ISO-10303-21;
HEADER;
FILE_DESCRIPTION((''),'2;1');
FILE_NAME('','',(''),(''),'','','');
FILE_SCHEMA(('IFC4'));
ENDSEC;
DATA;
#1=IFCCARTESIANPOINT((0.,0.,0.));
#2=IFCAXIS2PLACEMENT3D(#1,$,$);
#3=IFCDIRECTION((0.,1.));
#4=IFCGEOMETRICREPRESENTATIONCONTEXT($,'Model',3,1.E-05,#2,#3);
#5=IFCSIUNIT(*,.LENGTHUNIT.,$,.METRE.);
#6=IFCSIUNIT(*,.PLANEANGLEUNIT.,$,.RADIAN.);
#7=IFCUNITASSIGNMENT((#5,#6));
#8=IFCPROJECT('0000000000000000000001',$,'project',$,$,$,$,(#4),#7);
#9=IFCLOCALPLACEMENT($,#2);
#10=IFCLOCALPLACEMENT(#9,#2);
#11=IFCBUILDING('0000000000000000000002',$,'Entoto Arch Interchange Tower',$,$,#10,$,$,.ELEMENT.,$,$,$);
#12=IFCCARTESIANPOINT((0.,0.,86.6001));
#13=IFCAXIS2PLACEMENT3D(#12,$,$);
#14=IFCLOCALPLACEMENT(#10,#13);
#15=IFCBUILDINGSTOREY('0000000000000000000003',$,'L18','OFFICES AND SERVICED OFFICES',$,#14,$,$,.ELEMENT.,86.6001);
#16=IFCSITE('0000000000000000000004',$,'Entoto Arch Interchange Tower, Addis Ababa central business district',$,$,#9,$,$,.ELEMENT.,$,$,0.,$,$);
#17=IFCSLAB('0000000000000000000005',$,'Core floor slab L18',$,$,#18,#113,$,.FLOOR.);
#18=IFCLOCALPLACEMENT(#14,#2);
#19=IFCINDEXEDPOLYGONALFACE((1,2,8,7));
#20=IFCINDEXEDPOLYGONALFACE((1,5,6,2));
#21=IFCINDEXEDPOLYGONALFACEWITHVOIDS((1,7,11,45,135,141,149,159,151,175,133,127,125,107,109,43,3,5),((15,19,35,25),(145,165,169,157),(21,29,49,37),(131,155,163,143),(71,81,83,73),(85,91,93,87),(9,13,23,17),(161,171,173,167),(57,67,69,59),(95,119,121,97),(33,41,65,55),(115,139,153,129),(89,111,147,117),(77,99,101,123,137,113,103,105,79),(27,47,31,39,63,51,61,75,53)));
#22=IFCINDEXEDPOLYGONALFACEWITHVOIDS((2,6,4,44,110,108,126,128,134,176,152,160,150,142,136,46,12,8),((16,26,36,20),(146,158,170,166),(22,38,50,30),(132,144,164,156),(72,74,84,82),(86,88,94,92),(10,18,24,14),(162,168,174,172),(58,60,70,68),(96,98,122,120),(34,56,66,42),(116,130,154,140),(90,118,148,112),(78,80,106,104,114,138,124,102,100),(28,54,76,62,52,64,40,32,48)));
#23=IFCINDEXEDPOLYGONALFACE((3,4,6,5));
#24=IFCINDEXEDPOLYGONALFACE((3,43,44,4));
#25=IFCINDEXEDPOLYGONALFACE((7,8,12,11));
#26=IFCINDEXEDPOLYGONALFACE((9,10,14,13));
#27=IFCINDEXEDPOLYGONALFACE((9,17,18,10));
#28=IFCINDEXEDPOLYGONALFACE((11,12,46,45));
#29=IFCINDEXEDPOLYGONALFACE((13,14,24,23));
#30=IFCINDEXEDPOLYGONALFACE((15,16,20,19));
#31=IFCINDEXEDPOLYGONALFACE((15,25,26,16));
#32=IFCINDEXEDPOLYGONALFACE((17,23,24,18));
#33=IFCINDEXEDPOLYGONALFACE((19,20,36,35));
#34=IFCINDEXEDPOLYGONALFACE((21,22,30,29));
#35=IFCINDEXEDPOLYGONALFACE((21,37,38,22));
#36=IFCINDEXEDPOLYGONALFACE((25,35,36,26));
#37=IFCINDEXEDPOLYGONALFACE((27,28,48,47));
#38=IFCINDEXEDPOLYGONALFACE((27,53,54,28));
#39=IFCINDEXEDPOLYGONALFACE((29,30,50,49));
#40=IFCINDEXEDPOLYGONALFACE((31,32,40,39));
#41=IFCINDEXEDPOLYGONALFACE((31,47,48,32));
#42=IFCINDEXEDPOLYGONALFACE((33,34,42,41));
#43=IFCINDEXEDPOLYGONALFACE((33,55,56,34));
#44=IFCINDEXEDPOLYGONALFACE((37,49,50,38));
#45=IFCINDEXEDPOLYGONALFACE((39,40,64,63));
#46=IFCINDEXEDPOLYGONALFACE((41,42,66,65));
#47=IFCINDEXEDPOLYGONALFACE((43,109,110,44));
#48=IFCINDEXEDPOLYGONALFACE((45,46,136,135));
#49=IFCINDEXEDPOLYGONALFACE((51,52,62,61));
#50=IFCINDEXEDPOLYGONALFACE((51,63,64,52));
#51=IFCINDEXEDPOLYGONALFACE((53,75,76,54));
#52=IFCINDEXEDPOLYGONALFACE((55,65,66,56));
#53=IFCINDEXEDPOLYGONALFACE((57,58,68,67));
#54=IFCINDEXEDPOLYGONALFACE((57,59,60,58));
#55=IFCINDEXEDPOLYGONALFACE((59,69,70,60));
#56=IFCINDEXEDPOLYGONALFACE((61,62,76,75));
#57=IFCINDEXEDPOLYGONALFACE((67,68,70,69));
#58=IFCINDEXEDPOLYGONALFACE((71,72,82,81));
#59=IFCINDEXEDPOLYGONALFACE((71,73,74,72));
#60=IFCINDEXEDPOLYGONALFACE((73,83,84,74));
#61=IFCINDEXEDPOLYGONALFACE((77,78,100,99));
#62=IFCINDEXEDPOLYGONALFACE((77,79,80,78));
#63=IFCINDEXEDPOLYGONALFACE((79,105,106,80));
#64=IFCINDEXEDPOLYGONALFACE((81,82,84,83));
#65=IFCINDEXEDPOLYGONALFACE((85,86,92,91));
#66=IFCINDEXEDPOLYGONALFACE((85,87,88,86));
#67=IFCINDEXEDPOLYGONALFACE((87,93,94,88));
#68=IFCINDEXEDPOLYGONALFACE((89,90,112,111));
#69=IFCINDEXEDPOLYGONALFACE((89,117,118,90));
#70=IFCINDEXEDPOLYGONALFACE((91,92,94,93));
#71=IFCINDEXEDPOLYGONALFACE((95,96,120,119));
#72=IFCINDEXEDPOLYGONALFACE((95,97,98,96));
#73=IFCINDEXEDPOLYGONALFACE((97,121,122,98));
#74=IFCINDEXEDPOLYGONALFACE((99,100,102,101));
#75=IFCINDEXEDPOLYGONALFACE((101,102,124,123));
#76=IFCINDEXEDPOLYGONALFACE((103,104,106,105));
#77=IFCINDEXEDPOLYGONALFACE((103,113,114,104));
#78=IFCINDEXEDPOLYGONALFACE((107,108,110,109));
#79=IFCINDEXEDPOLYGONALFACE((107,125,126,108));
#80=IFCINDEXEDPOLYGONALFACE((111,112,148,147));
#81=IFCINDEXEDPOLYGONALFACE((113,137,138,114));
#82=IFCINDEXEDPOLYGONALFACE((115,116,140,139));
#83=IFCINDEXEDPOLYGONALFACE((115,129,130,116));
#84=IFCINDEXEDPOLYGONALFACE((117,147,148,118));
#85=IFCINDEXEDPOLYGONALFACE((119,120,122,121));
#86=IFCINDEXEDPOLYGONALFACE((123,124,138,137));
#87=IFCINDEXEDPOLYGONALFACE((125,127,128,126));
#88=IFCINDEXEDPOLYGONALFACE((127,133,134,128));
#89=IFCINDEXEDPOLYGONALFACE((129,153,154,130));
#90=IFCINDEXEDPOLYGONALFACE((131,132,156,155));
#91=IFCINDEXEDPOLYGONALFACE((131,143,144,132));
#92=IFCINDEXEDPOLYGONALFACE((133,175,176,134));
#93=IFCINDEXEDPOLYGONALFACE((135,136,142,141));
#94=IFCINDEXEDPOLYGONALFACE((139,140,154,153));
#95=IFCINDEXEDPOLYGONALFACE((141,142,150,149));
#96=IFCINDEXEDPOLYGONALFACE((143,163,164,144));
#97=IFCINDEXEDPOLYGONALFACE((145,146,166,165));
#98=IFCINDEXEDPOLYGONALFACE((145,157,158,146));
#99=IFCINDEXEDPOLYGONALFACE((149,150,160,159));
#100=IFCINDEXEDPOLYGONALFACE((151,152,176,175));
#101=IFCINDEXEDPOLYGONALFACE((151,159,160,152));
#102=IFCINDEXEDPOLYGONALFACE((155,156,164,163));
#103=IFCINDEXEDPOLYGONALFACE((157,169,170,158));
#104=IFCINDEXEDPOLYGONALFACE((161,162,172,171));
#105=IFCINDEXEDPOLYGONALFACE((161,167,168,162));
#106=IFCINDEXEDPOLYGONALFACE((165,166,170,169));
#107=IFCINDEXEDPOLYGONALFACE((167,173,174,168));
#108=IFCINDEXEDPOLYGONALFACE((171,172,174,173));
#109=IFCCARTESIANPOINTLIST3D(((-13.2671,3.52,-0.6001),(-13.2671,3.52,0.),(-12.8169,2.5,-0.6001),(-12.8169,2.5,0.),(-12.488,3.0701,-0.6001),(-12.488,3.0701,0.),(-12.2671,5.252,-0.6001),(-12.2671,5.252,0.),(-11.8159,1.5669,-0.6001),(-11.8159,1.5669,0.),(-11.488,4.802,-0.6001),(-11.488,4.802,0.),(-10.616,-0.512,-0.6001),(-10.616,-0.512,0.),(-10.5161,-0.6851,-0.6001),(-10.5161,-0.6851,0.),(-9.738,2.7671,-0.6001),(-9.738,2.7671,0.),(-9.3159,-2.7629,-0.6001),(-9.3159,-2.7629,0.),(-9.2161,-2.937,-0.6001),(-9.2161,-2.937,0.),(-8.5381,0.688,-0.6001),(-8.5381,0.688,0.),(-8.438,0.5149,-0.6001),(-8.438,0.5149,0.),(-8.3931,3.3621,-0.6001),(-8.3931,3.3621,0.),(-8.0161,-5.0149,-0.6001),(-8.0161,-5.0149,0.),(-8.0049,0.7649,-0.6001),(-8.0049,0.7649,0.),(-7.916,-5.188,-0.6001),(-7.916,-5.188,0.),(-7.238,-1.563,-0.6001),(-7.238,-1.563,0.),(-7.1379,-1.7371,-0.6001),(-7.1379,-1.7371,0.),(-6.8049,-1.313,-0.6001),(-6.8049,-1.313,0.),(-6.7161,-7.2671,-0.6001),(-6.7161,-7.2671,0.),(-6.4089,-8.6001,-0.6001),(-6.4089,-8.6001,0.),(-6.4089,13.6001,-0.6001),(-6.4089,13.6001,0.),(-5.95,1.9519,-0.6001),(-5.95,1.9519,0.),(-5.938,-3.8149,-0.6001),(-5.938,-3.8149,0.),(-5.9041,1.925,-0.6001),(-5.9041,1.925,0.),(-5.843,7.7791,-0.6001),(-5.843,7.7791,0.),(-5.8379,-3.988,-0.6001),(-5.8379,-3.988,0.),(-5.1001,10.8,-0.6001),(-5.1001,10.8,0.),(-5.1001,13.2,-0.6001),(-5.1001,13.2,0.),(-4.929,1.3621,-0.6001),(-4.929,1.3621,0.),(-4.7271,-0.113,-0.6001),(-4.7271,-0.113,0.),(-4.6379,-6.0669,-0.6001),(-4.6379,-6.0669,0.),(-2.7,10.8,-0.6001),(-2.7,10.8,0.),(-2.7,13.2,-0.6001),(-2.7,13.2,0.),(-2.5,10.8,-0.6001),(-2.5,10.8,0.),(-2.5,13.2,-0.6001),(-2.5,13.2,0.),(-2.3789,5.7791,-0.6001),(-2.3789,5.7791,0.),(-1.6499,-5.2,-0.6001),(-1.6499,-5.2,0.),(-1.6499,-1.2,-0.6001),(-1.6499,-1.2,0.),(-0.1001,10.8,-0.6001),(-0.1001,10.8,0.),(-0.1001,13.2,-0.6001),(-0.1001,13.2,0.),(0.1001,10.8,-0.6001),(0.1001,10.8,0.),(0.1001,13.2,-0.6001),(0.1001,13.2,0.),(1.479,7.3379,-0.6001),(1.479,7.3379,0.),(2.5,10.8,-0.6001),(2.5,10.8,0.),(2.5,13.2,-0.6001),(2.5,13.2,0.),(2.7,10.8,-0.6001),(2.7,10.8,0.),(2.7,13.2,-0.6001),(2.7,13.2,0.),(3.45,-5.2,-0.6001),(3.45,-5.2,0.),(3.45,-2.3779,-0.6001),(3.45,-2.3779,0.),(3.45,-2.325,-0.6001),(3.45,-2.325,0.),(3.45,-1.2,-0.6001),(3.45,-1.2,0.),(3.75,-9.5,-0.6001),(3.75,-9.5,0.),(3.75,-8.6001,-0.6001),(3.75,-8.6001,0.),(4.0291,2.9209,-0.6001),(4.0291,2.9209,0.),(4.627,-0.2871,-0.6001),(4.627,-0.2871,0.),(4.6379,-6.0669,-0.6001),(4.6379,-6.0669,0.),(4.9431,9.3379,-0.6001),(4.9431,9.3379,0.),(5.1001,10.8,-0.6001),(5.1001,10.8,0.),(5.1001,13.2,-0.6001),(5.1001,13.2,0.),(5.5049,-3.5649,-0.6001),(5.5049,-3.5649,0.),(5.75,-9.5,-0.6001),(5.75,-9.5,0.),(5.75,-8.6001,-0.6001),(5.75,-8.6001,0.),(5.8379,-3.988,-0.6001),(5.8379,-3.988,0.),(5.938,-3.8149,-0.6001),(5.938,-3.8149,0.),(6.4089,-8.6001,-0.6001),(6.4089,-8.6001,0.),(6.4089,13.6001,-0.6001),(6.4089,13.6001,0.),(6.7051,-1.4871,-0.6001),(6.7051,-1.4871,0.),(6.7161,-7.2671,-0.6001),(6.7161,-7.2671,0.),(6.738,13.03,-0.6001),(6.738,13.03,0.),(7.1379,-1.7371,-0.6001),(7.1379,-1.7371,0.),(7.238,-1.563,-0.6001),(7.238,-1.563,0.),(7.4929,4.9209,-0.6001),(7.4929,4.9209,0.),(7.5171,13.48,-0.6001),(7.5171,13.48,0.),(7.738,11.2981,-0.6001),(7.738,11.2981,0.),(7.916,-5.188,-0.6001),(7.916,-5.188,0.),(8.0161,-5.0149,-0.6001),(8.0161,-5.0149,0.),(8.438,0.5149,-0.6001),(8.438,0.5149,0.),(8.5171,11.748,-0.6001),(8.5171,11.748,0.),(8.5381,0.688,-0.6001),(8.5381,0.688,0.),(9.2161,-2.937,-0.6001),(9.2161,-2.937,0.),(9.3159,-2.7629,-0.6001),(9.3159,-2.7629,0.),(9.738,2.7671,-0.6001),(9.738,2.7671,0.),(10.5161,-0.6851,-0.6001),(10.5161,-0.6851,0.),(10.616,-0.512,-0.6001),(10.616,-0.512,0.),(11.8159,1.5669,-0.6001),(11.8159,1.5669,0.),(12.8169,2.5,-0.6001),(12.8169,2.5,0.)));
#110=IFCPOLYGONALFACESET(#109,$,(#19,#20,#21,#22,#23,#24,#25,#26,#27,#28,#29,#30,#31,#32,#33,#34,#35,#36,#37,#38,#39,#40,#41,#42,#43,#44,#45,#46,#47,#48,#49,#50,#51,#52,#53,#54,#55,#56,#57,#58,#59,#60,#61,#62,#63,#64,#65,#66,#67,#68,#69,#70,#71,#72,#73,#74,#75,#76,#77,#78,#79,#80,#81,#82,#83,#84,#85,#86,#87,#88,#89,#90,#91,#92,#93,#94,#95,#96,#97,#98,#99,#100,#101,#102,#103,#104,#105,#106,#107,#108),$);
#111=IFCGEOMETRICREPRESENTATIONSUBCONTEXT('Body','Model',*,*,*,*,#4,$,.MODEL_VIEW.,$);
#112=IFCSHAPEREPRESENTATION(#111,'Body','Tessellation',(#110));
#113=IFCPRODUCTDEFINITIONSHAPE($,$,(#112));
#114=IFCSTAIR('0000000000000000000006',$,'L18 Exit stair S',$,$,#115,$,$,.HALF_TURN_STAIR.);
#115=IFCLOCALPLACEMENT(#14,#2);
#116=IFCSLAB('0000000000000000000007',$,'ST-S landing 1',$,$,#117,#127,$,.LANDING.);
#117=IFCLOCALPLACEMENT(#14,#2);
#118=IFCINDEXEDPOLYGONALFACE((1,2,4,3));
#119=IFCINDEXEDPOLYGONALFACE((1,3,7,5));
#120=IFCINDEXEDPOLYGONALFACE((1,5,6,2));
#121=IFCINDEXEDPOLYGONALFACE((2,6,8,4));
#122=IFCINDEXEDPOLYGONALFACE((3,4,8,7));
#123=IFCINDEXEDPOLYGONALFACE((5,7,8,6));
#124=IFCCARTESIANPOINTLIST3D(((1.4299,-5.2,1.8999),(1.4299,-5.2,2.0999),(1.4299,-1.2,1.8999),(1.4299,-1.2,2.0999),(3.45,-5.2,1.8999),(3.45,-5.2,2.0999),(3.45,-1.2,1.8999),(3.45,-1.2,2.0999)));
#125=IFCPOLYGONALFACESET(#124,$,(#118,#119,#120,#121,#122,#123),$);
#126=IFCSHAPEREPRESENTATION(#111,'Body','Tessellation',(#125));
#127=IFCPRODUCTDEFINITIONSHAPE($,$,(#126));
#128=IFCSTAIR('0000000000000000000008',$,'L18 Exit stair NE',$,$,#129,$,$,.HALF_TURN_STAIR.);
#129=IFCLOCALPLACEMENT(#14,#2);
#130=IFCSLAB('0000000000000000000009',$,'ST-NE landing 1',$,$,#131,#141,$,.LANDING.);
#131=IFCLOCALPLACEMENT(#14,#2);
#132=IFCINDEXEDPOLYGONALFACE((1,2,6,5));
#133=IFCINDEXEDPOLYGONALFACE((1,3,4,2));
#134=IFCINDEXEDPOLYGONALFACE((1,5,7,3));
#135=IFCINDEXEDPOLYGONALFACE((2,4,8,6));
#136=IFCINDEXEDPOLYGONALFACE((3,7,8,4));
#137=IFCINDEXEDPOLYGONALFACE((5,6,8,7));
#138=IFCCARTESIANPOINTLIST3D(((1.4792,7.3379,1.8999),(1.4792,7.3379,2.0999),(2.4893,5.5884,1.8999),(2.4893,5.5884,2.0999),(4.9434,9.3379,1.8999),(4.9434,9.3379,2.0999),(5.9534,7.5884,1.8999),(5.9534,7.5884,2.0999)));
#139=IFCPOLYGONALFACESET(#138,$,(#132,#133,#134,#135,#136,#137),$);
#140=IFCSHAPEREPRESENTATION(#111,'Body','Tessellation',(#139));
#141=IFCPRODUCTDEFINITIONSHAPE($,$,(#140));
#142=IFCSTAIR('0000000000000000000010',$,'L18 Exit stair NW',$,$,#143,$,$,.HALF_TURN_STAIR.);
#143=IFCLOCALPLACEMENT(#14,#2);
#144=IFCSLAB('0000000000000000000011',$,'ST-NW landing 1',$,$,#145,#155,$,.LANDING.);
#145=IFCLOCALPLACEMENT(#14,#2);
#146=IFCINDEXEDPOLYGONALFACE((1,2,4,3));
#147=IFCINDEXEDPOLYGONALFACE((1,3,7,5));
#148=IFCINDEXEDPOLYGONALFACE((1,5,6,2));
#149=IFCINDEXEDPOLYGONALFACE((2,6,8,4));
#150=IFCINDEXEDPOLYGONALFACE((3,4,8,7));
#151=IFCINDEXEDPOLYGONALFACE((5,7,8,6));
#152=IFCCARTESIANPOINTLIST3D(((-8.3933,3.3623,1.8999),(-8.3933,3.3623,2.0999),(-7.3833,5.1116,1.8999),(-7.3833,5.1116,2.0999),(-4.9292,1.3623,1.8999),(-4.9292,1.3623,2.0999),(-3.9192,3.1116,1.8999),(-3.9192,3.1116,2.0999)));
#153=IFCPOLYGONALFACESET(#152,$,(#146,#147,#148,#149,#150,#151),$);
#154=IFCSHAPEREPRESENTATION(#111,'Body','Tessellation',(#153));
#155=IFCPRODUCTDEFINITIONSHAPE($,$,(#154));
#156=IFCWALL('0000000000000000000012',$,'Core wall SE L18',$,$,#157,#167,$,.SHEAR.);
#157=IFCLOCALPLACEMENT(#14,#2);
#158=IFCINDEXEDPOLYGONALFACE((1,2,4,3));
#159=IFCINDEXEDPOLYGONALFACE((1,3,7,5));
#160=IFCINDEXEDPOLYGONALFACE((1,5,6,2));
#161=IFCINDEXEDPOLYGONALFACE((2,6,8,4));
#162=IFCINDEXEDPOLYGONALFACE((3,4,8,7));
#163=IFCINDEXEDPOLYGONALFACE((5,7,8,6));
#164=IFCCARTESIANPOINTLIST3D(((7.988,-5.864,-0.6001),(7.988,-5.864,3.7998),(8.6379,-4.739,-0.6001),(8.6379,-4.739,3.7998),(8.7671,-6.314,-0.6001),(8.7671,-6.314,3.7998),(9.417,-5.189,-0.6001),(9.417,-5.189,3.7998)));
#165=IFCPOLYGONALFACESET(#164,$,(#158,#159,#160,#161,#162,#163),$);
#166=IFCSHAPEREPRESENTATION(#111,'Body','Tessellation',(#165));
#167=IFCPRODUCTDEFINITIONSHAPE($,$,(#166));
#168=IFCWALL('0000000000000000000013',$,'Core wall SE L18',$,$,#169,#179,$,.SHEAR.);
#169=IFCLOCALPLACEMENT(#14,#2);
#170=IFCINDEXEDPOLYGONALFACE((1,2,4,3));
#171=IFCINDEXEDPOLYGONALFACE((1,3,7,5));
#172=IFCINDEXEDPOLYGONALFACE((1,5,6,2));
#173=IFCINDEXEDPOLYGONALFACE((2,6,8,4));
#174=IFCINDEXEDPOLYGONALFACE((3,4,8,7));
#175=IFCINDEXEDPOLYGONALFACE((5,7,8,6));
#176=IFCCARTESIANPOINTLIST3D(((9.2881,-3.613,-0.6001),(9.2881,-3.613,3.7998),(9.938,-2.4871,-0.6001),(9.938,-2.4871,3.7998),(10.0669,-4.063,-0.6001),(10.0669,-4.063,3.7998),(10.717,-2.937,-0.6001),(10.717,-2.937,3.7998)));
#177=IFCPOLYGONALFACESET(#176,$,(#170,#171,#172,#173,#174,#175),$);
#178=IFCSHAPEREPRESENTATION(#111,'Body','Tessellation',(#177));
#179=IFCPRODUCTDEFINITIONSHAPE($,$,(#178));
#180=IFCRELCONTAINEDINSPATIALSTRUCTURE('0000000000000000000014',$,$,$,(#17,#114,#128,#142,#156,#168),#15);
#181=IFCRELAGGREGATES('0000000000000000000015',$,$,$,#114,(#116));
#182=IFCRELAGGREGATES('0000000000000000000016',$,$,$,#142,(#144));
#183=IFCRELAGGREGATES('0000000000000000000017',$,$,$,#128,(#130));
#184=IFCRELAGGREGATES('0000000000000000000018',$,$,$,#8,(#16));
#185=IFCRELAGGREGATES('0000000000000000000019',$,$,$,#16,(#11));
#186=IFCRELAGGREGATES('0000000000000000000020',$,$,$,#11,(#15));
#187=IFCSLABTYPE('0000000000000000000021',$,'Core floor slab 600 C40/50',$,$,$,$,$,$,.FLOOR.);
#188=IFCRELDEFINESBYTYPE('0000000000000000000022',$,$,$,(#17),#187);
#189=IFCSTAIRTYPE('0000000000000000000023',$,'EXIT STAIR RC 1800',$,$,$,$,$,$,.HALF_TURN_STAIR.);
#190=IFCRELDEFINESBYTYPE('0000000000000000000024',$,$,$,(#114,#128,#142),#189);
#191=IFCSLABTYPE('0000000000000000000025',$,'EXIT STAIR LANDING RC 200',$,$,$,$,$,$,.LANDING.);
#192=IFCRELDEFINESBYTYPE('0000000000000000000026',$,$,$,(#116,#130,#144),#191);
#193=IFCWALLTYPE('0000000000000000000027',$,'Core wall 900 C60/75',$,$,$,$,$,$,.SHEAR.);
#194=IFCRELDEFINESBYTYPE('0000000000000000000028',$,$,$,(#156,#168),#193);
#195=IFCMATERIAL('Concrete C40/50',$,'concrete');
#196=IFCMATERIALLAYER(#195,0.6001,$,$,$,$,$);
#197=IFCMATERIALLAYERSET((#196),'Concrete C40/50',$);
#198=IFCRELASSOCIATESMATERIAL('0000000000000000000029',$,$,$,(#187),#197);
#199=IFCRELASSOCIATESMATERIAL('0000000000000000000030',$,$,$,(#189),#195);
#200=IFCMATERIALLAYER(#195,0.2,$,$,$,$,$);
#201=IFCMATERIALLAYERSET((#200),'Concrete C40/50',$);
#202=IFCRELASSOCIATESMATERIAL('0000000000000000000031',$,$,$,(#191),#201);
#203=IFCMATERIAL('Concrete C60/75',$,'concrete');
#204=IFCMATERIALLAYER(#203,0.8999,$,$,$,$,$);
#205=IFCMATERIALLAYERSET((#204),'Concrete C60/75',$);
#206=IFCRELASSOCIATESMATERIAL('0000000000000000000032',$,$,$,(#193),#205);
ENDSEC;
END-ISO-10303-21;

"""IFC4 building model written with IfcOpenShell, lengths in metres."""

from ifc_helpers import new_model, si_unit, direction, frame, origin, place, context, subcontext, project, spatial, polyline, outline, extrude, material, layer, layer_set, type_object, element, aggregate, save


model = new_model("IFC4")

# Units and contexts
model_context = context("Model", 3, precision=1e-05, world=origin(), true_north=direction((0.0, 1.0)))
body_context = subcontext(model_context, "Body", "Model", "MODEL_VIEW")
ifc_project = project(units=[si_unit("LENGTHUNIT", "METRE"), si_unit("PLANEANGLEUNIT", "RADIAN")], contexts=[model_context])

# Site, building, storey
site_placement = place(None, origin())
site = spatial("IfcSite", under=ifc_project, at=site_placement, Name="Entoto Arch Interchange Tower, Addis Ababa central business district", CompositionType="ELEMENT", RefElevation=0.0)
building_placement = place(site_placement, origin())
building = spatial("IfcBuilding", under=site, at=building_placement, Name="Entoto Arch Interchange Tower", CompositionType="ELEMENT")
storey_placement = place(building_placement, frame((0.0, 0.0, 86.6001)))
storey = spatial("IfcBuildingStorey", under=building, at=storey_placement, Name="L18", Description="OFFICES AND SERVICED OFFICES", CompositionType="ELEMENT", Elevation=86.6001)

# Slab
ifc_material_1 = material(Name="Concrete C40/50", Category="concrete")
ifc_layer_1 = layer(ifc_material_1, 0.6001)
ifc_layer_set_1 = layer_set([ifc_layer_1], Name="Concrete C40/50")
slab_type_1 = type_object("IfcSlabType", Name="Core floor slab 600 C40/50", PredefinedType="FLOOR", material=ifc_layer_set_1)
slab_1_placement = place(storey_placement, frame((0.0, 0.0, -0.6001)))
element("IfcSlab", 1, at=slab_1_placement, inside=storey, type_object=slab_type_1, Name="Core floor slab L18", PredefinedType="FLOOR", context=body_context, shape_type="SweptSolid", body=[
    extrude(outline(polyline([(5.75, -9.5), (3.75, -9.5), (3.75, -8.6001), (-6.4089, -8.6001), (-12.8169, 2.5), (-12.488, 3.0701), (-13.2671, 3.52), (-12.2671, 5.252), (-11.488, 4.802), (-6.4089, 13.6001), (6.4089, 13.6001), (6.738, 13.03), (7.5171, 13.48), (8.5171, 11.748), (7.738, 11.2981), (12.8169, 2.5), (6.4089, -8.6001), (5.75, -8.6001), (5.75, -9.5)]), holes=[polyline([(-4.6379, -6.0669), (-5.8379, -3.988), (-7.916, -5.188), (-6.7161, -7.2671), (-4.6379, -6.0669)]), polyline([(-5.938, -3.8149), (-7.1379, -1.7371), (-9.2161, -2.937), (-8.0161, -5.0149), (-5.938, -3.8149)]), polyline([(5.5049, -3.5649), (6.7051, -1.4871), (4.627, -0.2871), (3.45, -2.325), (3.45, -1.2), (-1.6499, -1.2), (-1.6499, -5.2), (3.45, -5.2), (3.45, -2.3779), (5.5049, -3.5649)]), polyline([(-7.238, -1.563), (-8.438, 0.5149), (-10.5161, -0.6851), (-9.3159, -2.7629), (-7.238, -1.563)]), polyline([(-4.7271, -0.113), (-5.9041, 1.925), (-4.929, 1.3621), (-2.3789, 5.7791), (-5.843, 7.7791), (-8.3931, 3.3621), (-5.95, 1.9519), (-8.0049, 0.7649), (-6.8049, -1.313), (-4.7271, -0.113)]), polyline([(-8.5381, 0.688), (-9.738, 2.7671), (-11.8159, 1.5669), (-10.616, -0.512), (-8.5381, 0.688)]), polyline([(-5.1001, 10.8), (-2.7, 10.8), (-2.7, 13.2), (-5.1001, 13.2), (-5.1001, 10.8)]), polyline([(-2.5, 10.8), (-0.1001, 10.8), (-0.1001, 13.2), (-2.5, 13.2), (-2.5, 10.8)]), polyline([(5.8379, -3.988), (4.6379, -6.0669), (6.7161, -7.2671), (7.916, -5.188), (5.8379, -3.988)]), polyline([(7.1379, -1.7371), (5.938, -3.8149), (8.0161, -5.0149), (9.2161, -2.937), (7.1379, -1.7371)]), polyline([(8.438, 0.5149), (7.238, -1.563), (9.3159, -2.7629), (10.5161, -0.6851), (8.438, 0.5149)]), polyline([(9.738, 2.7671), (8.5381, 0.688), (10.616, -0.512), (11.8159, 1.5669), (9.738, 2.7671)]), polyline([(4.0291, 2.9209), (7.4929, 4.9209), (4.9431, 9.3379), (1.479, 7.3379), (4.0291, 2.9209)]), polyline([(0.1001, 13.2), (0.1001, 10.8), (2.5, 10.8), (2.5, 13.2), (0.1001, 13.2)]), polyline([(2.7, 13.2), (2.7, 10.8), (5.1001, 10.8), (5.1001, 13.2), (2.7, 13.2)])]), origin(), (0.0, 0.0, 1.0), 0.6001),
])

# Stairs, slabs
stair_type = type_object("IfcStairType", Name="EXIT STAIR RC 1800", PredefinedType="HALF_TURN_STAIR", material=ifc_material_1)
stair_1_placement = place(storey_placement, origin())
stair_1 = element("IfcStair", 2, at=stair_1_placement, inside=storey, type_object=stair_type, Name="L18 Exit stair S", PredefinedType="HALF_TURN_STAIR")
ifc_layer_2 = layer(ifc_material_1, 0.2)
ifc_layer_set_2 = layer_set([ifc_layer_2], Name="Concrete C40/50")
slab_type_2 = type_object("IfcSlabType", Name="EXIT STAIR LANDING RC 200", PredefinedType="LANDING", material=ifc_layer_set_2)
slab_2_placement = place(storey_placement, frame((0.0, 0.0, 1.8999)))
slab_2 = element("IfcSlab", 3, at=slab_2_placement, type_object=slab_type_2, Name="ST-S landing 1", PredefinedType="LANDING", context=body_context, shape_type="SweptSolid", body=[
    extrude(outline(polyline([(1.4299, -5.2), (3.45, -5.2), (3.45, -1.2), (1.4299, -1.2), (1.4299, -5.2)])), origin(), (0.0, 0.0, 1.0), 0.2),
])
aggregate(stair_1, [slab_2])
stair_2_placement = place(storey_placement, origin())
stair_2 = element("IfcStair", 4, at=stair_2_placement, inside=storey, type_object=stair_type, Name="L18 Exit stair NE", PredefinedType="HALF_TURN_STAIR")
slab_3_placement = place(storey_placement, frame((0.0, 0.0, 1.8999)))
slab_3 = element("IfcSlab", 5, at=slab_3_placement, type_object=slab_type_2, Name="ST-NE landing 1", PredefinedType="LANDING", context=body_context, shape_type="SweptSolid", body=[
    extrude(outline(polyline([(5.9534, 7.5884), (4.9434, 9.3379), (1.4792, 7.3379), (2.4893, 5.5884), (5.9534, 7.5884)])), origin(), (0.0, 0.0, 1.0), 0.2),
])
stair_3_placement = place(storey_placement, origin())
stair_3 = element("IfcStair", 6, at=stair_3_placement, inside=storey, type_object=stair_type, Name="L18 Exit stair NW", PredefinedType="HALF_TURN_STAIR")
slab_4_placement = place(storey_placement, frame((0.0, 0.0, 1.8999)))
slab_4 = element("IfcSlab", 7, at=slab_4_placement, type_object=slab_type_2, Name="ST-NW landing 1", PredefinedType="LANDING", context=body_context, shape_type="SweptSolid", body=[
    extrude(outline(polyline([(-7.3833, 5.1116), (-8.3933, 3.3623), (-4.9292, 1.3623), (-3.9192, 3.1116), (-7.3833, 5.1116)])), origin(), (0.0, 0.0, 1.0), 0.2),
])
aggregate(stair_3, [slab_4])

# Walls
ifc_material_2 = material(Name="Concrete C60/75", Category="concrete")
ifc_layer_3 = layer(ifc_material_2, 0.8999)
ifc_layer_set_3 = layer_set([ifc_layer_3], Name="Concrete C60/75")
wall_type_1 = type_object("IfcWallType", Name="Core wall 900 C60/75", PredefinedType="SHEAR", material=ifc_layer_set_3)
wall_1_placement = place(storey_placement, frame((0.0, 0.0, -0.6001)))
element("IfcWall", 8, at=wall_1_placement, inside=storey, type_object=wall_type_1, Name="Core wall SE L18", PredefinedType="SHEAR", context=body_context, shape_type="SweptSolid", body=[
    extrude(outline(polyline([(9.417, -5.189), (8.6379, -4.739), (7.988, -5.864), (8.7671, -6.314), (9.417, -5.189)])), origin(), (0.0, 0.0, 1.0), 4.3999),
])
wall_2_placement = place(storey_placement, frame((0.0, 0.0, -0.6001)))
element("IfcWall", 9, at=wall_2_placement, inside=storey, type_object=wall_type_1, Name="Core wall SE L18", PredefinedType="SHEAR", context=body_context, shape_type="SweptSolid", body=[
    extrude(outline(polyline([(10.717, -2.937), (9.938, -2.4871), (9.2881, -3.613), (10.0669, -4.063), (10.717, -2.937)])), origin(), (0.0, 0.0, 1.0), 4.3999),
])

aggregate(stair_2, [slab_3])

save(model, "model.ifc")
